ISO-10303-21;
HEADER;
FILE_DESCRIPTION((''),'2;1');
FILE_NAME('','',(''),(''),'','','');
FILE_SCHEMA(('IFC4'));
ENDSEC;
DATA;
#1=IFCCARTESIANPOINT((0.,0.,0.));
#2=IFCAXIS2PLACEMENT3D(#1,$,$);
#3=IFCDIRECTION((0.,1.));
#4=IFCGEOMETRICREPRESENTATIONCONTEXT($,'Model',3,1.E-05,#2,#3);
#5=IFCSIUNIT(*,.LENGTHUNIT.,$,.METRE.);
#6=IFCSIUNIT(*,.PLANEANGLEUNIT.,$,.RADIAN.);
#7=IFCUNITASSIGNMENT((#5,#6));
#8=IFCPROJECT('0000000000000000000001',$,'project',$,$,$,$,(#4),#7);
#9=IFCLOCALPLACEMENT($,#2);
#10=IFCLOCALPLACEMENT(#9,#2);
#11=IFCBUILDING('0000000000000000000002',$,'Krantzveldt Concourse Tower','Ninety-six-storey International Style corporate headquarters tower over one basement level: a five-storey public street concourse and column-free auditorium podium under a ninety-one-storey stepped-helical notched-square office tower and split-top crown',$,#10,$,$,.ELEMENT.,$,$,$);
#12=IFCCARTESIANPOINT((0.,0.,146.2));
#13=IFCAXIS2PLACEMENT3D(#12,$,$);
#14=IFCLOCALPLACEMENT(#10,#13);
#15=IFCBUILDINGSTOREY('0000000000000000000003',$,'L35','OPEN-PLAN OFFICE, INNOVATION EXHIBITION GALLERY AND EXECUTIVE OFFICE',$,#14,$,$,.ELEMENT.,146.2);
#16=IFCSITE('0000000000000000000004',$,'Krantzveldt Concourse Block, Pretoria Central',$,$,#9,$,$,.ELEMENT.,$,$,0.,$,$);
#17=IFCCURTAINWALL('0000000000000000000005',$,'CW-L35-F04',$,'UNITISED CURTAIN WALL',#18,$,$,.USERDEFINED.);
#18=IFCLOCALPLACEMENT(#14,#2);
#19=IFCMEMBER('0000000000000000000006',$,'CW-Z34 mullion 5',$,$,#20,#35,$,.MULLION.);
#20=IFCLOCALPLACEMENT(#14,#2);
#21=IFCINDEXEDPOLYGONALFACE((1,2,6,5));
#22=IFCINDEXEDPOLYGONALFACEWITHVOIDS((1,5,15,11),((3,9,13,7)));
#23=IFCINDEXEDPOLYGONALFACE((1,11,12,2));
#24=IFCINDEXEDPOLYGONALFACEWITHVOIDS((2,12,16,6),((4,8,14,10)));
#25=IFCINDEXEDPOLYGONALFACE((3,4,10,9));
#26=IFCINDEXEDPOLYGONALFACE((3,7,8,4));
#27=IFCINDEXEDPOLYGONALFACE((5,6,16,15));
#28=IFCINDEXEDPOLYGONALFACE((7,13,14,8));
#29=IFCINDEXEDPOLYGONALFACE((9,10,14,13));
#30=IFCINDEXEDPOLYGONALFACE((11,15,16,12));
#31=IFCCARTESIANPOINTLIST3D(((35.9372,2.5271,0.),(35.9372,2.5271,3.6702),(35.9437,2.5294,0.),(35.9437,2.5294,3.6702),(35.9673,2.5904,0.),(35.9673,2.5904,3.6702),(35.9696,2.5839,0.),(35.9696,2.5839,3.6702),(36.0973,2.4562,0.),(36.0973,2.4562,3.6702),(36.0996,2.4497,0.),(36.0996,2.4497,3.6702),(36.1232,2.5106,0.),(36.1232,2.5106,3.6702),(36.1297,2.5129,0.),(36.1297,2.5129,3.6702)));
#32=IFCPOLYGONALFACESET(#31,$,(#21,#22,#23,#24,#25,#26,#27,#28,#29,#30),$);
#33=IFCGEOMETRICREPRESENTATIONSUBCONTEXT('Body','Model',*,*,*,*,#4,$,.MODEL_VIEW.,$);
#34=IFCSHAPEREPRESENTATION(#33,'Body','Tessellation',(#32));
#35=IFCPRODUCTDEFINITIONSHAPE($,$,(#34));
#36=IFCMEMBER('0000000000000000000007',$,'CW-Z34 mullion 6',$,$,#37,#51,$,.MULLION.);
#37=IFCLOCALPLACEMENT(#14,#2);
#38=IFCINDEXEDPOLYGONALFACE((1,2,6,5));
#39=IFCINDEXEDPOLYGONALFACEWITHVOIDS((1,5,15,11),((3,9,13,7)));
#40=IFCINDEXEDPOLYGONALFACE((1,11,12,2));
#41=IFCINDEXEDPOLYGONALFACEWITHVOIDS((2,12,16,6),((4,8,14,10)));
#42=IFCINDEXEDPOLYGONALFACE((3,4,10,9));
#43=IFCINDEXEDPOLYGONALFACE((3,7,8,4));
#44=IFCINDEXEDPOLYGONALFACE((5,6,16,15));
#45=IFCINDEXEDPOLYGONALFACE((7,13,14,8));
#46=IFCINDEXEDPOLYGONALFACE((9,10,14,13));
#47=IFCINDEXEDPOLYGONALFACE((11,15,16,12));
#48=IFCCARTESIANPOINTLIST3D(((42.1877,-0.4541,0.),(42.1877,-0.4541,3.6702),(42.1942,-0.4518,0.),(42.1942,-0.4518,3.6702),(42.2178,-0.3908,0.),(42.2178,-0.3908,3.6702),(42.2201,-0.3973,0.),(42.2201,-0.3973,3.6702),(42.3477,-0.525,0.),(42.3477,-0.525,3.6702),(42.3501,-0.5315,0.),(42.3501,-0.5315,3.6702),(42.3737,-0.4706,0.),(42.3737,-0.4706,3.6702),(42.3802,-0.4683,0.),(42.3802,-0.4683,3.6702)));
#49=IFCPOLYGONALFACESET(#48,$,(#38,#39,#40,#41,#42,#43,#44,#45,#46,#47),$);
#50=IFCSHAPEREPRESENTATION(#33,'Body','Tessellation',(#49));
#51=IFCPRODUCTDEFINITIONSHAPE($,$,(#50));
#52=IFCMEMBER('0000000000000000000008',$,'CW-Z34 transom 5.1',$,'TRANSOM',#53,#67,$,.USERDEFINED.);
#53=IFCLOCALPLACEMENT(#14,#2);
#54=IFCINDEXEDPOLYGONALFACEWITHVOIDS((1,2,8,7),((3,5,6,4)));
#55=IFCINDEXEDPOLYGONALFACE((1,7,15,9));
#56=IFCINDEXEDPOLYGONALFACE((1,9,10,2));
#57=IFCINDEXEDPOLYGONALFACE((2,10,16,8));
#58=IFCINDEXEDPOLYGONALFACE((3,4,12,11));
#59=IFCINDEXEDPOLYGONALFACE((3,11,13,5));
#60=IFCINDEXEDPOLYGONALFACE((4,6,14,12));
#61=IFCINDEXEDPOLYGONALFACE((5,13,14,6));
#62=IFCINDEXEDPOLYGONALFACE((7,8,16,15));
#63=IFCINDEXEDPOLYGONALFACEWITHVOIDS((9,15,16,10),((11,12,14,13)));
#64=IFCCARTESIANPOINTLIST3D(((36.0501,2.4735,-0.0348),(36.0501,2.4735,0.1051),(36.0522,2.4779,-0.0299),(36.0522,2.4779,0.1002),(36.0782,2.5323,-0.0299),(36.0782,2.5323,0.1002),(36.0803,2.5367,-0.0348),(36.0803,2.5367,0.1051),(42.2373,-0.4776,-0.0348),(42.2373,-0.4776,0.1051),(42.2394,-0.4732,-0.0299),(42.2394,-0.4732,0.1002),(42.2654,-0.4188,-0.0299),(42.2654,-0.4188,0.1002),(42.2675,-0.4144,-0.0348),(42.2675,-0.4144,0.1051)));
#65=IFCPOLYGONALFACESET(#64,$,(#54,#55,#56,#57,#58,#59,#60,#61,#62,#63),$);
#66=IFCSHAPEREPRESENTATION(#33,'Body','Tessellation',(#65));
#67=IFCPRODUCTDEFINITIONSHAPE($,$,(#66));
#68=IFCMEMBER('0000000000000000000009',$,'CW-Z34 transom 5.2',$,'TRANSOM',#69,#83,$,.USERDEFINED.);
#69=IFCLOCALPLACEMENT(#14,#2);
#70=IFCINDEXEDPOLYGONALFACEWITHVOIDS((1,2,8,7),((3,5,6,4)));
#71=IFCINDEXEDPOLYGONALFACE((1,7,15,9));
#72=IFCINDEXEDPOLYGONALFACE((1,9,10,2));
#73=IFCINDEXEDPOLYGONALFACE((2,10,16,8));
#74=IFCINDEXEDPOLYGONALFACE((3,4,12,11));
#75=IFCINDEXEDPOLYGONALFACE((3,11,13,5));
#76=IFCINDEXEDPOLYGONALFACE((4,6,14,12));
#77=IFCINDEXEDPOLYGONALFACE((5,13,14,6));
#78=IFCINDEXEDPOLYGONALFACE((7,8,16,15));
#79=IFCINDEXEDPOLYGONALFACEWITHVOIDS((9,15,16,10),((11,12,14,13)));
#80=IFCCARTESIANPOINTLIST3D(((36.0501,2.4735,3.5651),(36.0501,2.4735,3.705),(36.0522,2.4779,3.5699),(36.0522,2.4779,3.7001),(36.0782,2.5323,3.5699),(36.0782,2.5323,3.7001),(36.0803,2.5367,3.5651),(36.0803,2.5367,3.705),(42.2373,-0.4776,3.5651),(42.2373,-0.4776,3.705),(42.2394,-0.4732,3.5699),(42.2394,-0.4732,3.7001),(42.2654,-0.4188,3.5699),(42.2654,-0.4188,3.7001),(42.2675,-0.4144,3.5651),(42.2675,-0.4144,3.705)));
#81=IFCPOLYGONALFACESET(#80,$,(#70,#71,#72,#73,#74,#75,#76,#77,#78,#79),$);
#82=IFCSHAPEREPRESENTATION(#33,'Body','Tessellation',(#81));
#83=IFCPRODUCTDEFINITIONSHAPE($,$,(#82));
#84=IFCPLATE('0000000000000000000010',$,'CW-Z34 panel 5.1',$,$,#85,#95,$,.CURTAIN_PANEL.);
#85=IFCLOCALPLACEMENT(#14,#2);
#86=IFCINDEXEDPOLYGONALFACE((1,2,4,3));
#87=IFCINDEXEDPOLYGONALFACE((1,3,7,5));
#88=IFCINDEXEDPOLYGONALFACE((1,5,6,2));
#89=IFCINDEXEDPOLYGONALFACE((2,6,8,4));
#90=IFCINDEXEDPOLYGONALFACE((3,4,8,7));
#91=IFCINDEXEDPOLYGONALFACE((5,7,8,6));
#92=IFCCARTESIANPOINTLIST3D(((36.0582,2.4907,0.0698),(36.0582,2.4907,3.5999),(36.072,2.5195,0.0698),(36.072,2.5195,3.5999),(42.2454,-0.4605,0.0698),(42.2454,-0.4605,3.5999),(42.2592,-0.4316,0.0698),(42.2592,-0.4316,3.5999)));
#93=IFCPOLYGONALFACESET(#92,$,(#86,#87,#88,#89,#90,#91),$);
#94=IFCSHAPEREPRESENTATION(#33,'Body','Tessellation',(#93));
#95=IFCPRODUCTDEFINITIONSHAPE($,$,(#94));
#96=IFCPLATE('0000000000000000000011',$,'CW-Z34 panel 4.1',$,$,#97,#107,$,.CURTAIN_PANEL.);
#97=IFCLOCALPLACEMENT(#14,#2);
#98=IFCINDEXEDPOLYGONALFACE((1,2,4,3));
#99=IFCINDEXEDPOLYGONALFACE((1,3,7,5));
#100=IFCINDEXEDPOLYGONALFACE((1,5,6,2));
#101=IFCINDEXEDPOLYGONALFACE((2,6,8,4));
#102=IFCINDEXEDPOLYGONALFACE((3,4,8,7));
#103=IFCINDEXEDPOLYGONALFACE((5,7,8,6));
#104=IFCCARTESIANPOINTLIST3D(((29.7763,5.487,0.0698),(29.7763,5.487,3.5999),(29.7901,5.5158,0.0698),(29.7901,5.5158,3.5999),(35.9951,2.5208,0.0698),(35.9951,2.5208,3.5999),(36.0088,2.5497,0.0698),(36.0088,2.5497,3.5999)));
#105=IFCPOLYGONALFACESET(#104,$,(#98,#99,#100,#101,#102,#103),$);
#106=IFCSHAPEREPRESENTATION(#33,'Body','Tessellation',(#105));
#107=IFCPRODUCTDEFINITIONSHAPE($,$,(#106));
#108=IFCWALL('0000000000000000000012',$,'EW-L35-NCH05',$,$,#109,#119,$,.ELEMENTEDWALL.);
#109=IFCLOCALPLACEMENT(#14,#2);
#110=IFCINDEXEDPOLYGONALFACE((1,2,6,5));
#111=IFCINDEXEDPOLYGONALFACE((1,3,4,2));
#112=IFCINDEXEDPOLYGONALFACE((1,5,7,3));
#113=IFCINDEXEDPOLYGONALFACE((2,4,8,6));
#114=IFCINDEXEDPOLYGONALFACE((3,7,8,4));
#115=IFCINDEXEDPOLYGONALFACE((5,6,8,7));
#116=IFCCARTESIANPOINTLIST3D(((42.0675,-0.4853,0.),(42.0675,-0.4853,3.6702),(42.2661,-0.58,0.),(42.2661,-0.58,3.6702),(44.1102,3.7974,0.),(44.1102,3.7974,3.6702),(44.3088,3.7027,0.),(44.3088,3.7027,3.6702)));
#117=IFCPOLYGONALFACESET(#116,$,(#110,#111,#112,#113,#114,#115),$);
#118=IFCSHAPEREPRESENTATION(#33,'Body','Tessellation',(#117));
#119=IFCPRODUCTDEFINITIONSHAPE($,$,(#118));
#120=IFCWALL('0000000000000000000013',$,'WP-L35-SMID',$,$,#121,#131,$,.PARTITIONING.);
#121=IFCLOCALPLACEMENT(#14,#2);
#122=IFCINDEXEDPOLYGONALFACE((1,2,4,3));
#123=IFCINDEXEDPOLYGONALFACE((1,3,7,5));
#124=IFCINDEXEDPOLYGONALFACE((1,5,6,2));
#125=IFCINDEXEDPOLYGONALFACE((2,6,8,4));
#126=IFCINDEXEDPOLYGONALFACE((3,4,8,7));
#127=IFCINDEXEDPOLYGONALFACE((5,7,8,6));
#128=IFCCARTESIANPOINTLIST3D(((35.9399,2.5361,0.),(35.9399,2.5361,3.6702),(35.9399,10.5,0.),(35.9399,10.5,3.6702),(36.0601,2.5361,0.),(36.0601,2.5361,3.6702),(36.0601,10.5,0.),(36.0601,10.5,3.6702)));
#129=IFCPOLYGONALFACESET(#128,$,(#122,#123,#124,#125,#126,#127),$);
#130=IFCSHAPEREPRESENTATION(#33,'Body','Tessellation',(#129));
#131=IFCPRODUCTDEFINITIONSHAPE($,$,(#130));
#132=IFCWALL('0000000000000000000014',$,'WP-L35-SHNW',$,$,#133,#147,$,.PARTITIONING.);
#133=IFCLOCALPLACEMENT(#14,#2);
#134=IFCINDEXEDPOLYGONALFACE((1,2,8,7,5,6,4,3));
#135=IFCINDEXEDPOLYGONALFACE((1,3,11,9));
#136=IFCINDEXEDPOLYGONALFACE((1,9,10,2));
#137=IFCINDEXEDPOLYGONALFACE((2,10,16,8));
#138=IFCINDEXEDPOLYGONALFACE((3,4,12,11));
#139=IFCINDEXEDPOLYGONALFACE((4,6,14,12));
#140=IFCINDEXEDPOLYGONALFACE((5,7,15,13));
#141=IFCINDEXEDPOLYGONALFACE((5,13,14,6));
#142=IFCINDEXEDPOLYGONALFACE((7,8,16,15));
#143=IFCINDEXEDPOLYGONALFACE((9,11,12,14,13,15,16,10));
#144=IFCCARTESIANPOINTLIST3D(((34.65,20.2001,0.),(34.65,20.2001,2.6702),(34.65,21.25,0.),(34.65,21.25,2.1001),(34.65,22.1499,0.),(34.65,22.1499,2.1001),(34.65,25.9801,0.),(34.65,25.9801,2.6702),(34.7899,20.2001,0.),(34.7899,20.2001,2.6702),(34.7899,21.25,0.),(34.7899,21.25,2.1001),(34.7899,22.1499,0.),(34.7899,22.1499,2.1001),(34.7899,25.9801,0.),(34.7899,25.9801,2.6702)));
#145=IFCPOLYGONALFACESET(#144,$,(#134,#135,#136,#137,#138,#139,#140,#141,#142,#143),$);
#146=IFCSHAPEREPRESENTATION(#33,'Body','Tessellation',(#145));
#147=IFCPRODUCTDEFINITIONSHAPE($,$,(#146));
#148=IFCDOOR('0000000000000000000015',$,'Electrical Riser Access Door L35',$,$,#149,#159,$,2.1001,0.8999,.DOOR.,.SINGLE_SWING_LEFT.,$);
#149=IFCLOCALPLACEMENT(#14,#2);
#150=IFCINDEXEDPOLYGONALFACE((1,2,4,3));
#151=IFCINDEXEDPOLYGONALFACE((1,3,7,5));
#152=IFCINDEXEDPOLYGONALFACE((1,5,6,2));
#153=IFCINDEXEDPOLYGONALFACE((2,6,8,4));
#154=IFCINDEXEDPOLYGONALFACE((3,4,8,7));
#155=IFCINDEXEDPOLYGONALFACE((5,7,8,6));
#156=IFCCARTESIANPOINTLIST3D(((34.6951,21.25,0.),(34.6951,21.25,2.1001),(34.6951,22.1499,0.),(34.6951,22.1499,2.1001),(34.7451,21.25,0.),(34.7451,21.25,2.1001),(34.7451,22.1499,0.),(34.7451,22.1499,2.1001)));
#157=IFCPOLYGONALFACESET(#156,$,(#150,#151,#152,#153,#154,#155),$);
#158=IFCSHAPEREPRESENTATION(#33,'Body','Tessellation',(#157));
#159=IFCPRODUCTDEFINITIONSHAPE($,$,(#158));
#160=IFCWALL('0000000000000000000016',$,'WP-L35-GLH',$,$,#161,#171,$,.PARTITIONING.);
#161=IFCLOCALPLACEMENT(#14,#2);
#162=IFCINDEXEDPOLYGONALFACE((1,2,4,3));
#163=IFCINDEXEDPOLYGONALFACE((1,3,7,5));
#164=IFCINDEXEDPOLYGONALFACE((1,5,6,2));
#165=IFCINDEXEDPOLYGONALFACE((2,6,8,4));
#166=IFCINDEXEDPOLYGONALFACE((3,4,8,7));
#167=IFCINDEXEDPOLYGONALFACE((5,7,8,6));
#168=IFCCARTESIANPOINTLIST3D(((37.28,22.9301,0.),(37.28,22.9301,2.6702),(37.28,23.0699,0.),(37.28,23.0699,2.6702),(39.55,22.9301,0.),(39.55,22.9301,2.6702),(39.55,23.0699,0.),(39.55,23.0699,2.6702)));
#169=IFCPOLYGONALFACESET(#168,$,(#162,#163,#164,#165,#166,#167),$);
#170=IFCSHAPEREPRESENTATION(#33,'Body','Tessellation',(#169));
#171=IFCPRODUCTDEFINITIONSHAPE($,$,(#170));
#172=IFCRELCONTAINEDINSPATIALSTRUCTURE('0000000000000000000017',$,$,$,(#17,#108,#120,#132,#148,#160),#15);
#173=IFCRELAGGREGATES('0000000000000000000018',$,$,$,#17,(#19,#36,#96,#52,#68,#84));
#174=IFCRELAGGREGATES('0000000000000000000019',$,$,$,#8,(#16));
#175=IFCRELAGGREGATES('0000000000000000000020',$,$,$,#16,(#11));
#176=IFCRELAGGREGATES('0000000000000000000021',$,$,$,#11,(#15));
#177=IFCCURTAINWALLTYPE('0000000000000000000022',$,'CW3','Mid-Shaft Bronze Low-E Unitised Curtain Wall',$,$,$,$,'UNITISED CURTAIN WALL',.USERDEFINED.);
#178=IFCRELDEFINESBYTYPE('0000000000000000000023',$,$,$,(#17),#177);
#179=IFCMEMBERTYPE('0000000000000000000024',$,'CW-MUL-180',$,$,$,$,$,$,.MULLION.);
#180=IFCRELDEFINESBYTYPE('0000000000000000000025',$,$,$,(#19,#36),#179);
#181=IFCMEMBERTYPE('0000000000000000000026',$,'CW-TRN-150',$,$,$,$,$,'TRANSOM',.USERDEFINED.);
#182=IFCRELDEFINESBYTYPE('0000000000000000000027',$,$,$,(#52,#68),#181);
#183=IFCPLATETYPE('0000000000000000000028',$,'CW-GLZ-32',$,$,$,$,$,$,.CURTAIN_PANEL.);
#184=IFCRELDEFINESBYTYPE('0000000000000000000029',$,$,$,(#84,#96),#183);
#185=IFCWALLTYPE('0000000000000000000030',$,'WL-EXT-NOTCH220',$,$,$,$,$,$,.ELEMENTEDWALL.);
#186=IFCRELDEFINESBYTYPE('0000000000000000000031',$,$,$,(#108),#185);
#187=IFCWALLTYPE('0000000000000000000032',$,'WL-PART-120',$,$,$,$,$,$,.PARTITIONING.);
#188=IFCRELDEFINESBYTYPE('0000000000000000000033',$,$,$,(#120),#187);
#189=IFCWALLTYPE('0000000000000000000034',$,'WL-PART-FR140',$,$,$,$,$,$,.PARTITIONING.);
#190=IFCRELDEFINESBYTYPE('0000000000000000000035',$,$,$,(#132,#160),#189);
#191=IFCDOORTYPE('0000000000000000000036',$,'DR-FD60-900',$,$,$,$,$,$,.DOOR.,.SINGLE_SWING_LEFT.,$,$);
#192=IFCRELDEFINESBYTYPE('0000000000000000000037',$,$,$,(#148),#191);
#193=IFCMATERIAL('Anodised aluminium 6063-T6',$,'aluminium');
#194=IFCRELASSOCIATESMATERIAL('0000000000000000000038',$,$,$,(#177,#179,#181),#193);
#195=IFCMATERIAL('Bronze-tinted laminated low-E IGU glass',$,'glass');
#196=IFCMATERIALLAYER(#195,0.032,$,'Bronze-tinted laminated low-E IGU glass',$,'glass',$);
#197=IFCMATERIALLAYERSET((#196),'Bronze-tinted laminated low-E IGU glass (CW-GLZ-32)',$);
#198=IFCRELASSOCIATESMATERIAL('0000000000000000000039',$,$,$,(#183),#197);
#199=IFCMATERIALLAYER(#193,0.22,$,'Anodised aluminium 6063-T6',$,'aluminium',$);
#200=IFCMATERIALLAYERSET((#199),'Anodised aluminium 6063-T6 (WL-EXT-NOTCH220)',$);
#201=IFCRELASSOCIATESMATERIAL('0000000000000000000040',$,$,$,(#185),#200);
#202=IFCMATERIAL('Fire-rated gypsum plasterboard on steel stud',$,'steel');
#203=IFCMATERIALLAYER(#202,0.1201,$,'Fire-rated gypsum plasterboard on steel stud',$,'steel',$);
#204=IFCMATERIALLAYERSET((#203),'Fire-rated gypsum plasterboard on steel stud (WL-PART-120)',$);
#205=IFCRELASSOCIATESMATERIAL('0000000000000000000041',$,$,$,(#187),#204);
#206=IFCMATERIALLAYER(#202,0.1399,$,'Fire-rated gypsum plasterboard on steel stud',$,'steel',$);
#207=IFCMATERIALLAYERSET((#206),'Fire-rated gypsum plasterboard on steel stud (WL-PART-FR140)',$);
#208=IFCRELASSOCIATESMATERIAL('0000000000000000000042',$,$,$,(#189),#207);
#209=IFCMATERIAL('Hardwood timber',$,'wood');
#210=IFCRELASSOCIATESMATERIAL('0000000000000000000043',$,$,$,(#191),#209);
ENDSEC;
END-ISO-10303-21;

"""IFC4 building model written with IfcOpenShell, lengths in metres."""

from ifc_helpers import new_model, si_unit, direction, frame, frame_2d, origin, origin_2d, place, context, subcontext, project, spatial, rectangle, hollow_rectangle, extrude, source, transform, mapped, material, layer, layer_set, material_profile, profile_set, type_object, type_shapes, element, fill, aggregate, save


model = new_model("IFC4")

# Units and contexts
model_context = context("Model", 3, precision=1e-05, world=origin(), true_north=direction((0.0, 1.0)))
body_context = subcontext(model_context, "Body", "Model", "MODEL_VIEW")
ifc_project = project(units=[si_unit("LENGTHUNIT", "METRE"), si_unit("PLANEANGLEUNIT", "RADIAN")], contexts=[model_context])

# Site, building, storey
site_placement = place(None, origin())
site = spatial("IfcSite", under=ifc_project, at=site_placement, Name="Krantzveldt Concourse Block, Pretoria Central", CompositionType="ELEMENT", RefElevation=0.0)
building_placement = place(site_placement, origin())
building = spatial("IfcBuilding", under=site, at=building_placement, Name="Krantzveldt Concourse Tower", Description="Ninety-six-storey International Style corporate headquarters tower over one basement level: a five-storey public street concourse and column-free auditorium podium under a ninety-one-storey stepped-helical notched-square office tower and split-top crown", CompositionType="ELEMENT")
storey_placement = place(building_placement, frame((0.0, 0.0, 146.2)))
storey = spatial("IfcBuildingStorey", under=building, at=storey_placement, Name="L35", Description="OPEN-PLAN OFFICE, INNOVATION EXHIBITION GALLERY AND EXECUTIVE OFFICE", CompositionType="ELEMENT", Elevation=146.2)

# Curtain wall, members, plates
ifc_material_1 = material(Name="Anodised aluminium 6063-T6", Category="aluminium")
curtain_wall_type = type_object("IfcCurtainWallType", Name="CW3", Description="Mid-Shaft Bronze Low-E Unitised Curtain Wall", ElementType="UNITISED CURTAIN WALL", PredefinedType="USERDEFINED", material=ifc_material_1)
curtain_wall_placement = place(storey_placement, origin())
curtain_wall = element("IfcCurtainWall", 1, at=curtain_wall_placement, inside=storey, type_object=curtain_wall_type, Name="CW-L35-F04", ObjectType="UNITISED CURTAIN WALL", PredefinedType="USERDEFINED")
ifc_material_profile_1 = material_profile(ifc_material_1, hollow_rectangle(XDim=0.0701, YDim=0.1799, WallThickness=0.0049, at=origin_2d()), Name="Anodised aluminium 6063-T6", Category="aluminium")
ifc_profile_set_1 = profile_set([ifc_material_profile_1], Name="Anodised aluminium 6063-T6 - ALU-MULL 180x70x5")
member_type_1 = type_object("IfcMemberType", Name="CW-MUL-180", PredefinedType="MULLION", material=ifc_profile_set_1)
shared_shape_1 = source(origin(), body_context, "Body", "SweptSolid", [
    extrude(hollow_rectangle(XDim=0.0701, YDim=0.1799, WallThickness=0.0049, at=origin_2d()), origin(), (0.0, 0.0, 1.0), 3.6702),
])
type_shapes(member_type_1, [shared_shape_1])
member_1_placement = place(storey_placement, frame((36.0334, 2.52, 0.0), z_axis=(0.0, 0.0, 1.0), x_axis=(0.430511, 0.902585, 0.0)))
member_1 = element("IfcMember", 2, at=member_1_placement, type_object=member_type_1, Name="CW-Z34 mullion 5", PredefinedType="MULLION", context=body_context, shape_type="MappedRepresentation", body=[
    mapped(shared_shape_1, transform((0.0, 0.0, 0.0), x_axis=(1.0, 0.0, 0.0), y_axis=(0.0, 1.0, 0.0), z_axis=(0.0, 0.0, 1.0), scale=1.0)),
])
member_2_placement = place(storey_placement, frame((42.2839, -0.4612, 0.0), z_axis=(0.0, 0.0, 1.0), x_axis=(0.430511, 0.902585, 0.0)))
member_2 = element("IfcMember", 3, at=member_2_placement, type_object=member_type_1, Name="CW-Z34 mullion 6", PredefinedType="MULLION", context=body_context, shape_type="MappedRepresentation", body=[
    mapped(shared_shape_1, transform((0.0, 0.0, 0.0), x_axis=(1.0, 0.0, 0.0), y_axis=(0.0, 1.0, 0.0), z_axis=(0.0, 0.0, 1.0), scale=1.0)),
])
ifc_material_profile_2 = material_profile(ifc_material_1, hollow_rectangle(XDim=0.0701, YDim=0.1399, WallThickness=0.0049, at=origin_2d()), Name="Anodised aluminium 6063-T6", Category="aluminium")
ifc_profile_set_2 = profile_set([ifc_material_profile_2], Name="Anodised aluminium 6063-T6 - ALU-TRAN 140x70x5")
member_type_2 = type_object("IfcMemberType", Name="CW-TRN-150", ElementType="TRANSOM", PredefinedType="USERDEFINED", material=ifc_profile_set_2)
shared_shape_2 = source(origin(), body_context, "Body", "SweptSolid", [
    extrude(hollow_rectangle(XDim=0.0701, YDim=0.1399, WallThickness=0.0049, at=origin_2d()), origin(), (0.0, 0.0, 1.0), 6.855),
])
type_shapes(member_type_2, [shared_shape_2])
member_3_placement = place(storey_placement, frame((36.0652, 2.5051, 0.0352), z_axis=(0.902585, -0.430511, 0.0), x_axis=(0.430511, 0.902585, 0.0)))
member_3 = element("IfcMember", 4, at=member_3_placement, type_object=member_type_2, Name="CW-Z34 transom 5.1", ObjectType="TRANSOM", PredefinedType="USERDEFINED", context=body_context, shape_type="MappedRepresentation", body=[
    mapped(shared_shape_2, transform((0.0, 0.0, 0.0), x_axis=(1.0, 0.0, 0.0), y_axis=(0.0, 1.0, 0.0), z_axis=(0.0, 0.0, 1.0), scale=1.0)),
])
member_4_placement = place(storey_placement, frame((36.0652, 2.5051, 3.635), z_axis=(0.902585, -0.430511, 0.0), x_axis=(0.430511, 0.902585, 0.0)))
member_4 = element("IfcMember", 5, at=member_4_placement, type_object=member_type_2, Name="CW-Z34 transom 5.2", ObjectType="TRANSOM", PredefinedType="USERDEFINED", context=body_context, shape_type="MappedRepresentation", body=[
    mapped(shared_shape_2, transform((0.0, 0.0, 0.0), x_axis=(1.0, 0.0, 0.0), y_axis=(0.0, 1.0, 0.0), z_axis=(0.0, 0.0, 1.0), scale=1.0)),
])
ifc_material_2 = material(Name="Bronze-tinted laminated low-E IGU glass", Category="glass")
ifc_layer_1 = layer(ifc_material_2, 0.032, Name="Bronze-tinted laminated low-E IGU glass", Category="glass")
ifc_layer_set_1 = layer_set([ifc_layer_1], Name="Bronze-tinted laminated low-E IGU glass (CW-GLZ-32)")
plate_type = type_object("IfcPlateType", Name="CW-GLZ-32", PredefinedType="CURTAIN_PANEL", material=ifc_layer_set_1)
shared_shape_3 = source(origin(), body_context, "Body", "SweptSolid", [
    extrude(rectangle(XDim=6.855, YDim=0.032, at=origin_2d()), origin(), (0.0, 0.0, 1.0), 3.53),
])
plate_1_placement = place(storey_placement, frame((39.1587, 1.0295, 0.0698), z_axis=(0.0, 0.0, 1.0), x_axis=(0.902585, -0.430511, 0.0)))
plate_1 = element("IfcPlate", 6, at=plate_1_placement, type_object=plate_type, Name="CW-Z34 panel 5.1", PredefinedType="CURTAIN_PANEL", context=body_context, shape_type="MappedRepresentation", body=[
    mapped(shared_shape_3, transform((0.0, 0.0, 0.0), x_axis=(1.0, 0.0, 0.0), y_axis=(0.0, 1.0, 0.0), z_axis=(0.0, 0.0, 1.0), scale=1.0)),
])
shared_shape_4 = source(origin(), body_context, "Body", "SweptSolid", [
    extrude(rectangle(XDim=6.8899, YDim=0.032, at=origin_2d()), origin(), (0.0, 0.0, 1.0), 3.53),
])
type_shapes(plate_type, [shared_shape_3, shared_shape_4])
plate_2_placement = place(storey_placement, frame((32.8926, 4.0183, 0.0698), z_axis=(0.0, 0.0, 1.0), x_axis=(0.902585, -0.430511, 0.0)))
plate_2 = element("IfcPlate", 7, at=plate_2_placement, type_object=plate_type, Name="CW-Z34 panel 4.1", PredefinedType="CURTAIN_PANEL", context=body_context, shape_type="MappedRepresentation", body=[
    mapped(shared_shape_4, transform((0.0, 0.0, 0.0), x_axis=(1.0, 0.0, 0.0), y_axis=(0.0, 1.0, 0.0), z_axis=(0.0, 0.0, 1.0), scale=1.0)),
])
aggregate(curtain_wall, [member_1, member_2, plate_2, member_3, member_4, plate_1])

# Walls
ifc_layer_2 = layer(ifc_material_1, 0.22, Name="Anodised aluminium 6063-T6", Category="aluminium")
ifc_layer_set_2 = layer_set([ifc_layer_2], Name="Anodised aluminium 6063-T6 (WL-EXT-NOTCH220)")
wall_type_1 = type_object("IfcWallType", Name="WL-EXT-NOTCH220", PredefinedType="ELEMENTEDWALL", material=ifc_layer_set_2)
wall_1_placement = place(storey_placement, frame((42.1667, -0.5327, 0.0), z_axis=(0.0, 0.0, 1.0), x_axis=(0.430507, 0.902587, 0.0)))
element("IfcWall", 8, at=wall_1_placement, inside=storey, type_object=wall_type_1, Name="EW-L35-NCH05", PredefinedType="ELEMENTEDWALL", context=body_context, shape_type="SweptSolid", body=[
    extrude(rectangle(XDim=4.7449, YDim=0.22, at=frame_2d((2.3726, 0.0))), origin(), (0.0, 0.0, 1.0), 3.6702),
])
ifc_material_3 = material(Name="Fire-rated gypsum plasterboard on steel stud", Category="steel")
ifc_layer_3 = layer(ifc_material_3, 0.1201, Name="Fire-rated gypsum plasterboard on steel stud", Category="steel")
ifc_layer_set_3 = layer_set([ifc_layer_3], Name="Fire-rated gypsum plasterboard on steel stud (WL-PART-120)")
wall_type_2 = type_object("IfcWallType", Name="WL-PART-120", PredefinedType="PARTITIONING", material=ifc_layer_set_3)
wall_2_placement = place(storey_placement, frame((36.0, 2.5361, 0.0), z_axis=(0.0, 0.0, 1.0), x_axis=(0.0, 1.0, 0.0)))
element("IfcWall", 9, at=wall_2_placement, inside=storey, type_object=wall_type_2, Name="WP-L35-SMID", PredefinedType="PARTITIONING", context=body_context, shape_type="SweptSolid", body=[
    extrude(rectangle(XDim=7.9639, YDim=0.1201, at=frame_2d((3.9819, 0.0))), origin(), (0.0, 0.0, 1.0), 3.6702),
])

# Wall, opening, door
ifc_layer_4 = layer(ifc_material_3, 0.1399, Name="Fire-rated gypsum plasterboard on steel stud", Category="steel")
ifc_layer_set_4 = layer_set([ifc_layer_4], Name="Fire-rated gypsum plasterboard on steel stud (WL-PART-FR140)")
wall_type_3 = type_object("IfcWallType", Name="WL-PART-FR140", PredefinedType="PARTITIONING", material=ifc_layer_set_4)
wall_3_placement = place(storey_placement, frame((34.72, 20.2, 0.0), z_axis=(0.0, 0.0, 1.0), x_axis=(0.0, 1.0, 0.0)))
wall_3 = element("IfcWall", 10, at=wall_3_placement, inside=storey, type_object=wall_type_3, Name="WP-L35-SHNW", PredefinedType="PARTITIONING", context=body_context, shape_type="SweptSolid", body=[
    extrude(rectangle(XDim=5.78, YDim=0.1399, at=frame_2d((2.8901, 0.0))), origin(), (0.0, 0.0, 1.0), 2.6702),
])
opening_1_placement = place(wall_3_placement, frame((1.05, 0.0, 0.0)))
opening_1 = element("IfcOpeningElement", 11, at=opening_1_placement, cuts=wall_3, PredefinedType="OPENING", context=body_context, shape_type="SweptSolid", body=[
    extrude(rectangle(XDim=0.8999, YDim=2.1001, at=frame_2d((0.45, 1.05))), frame((0.0, 0.0801, 0.0), z_axis=(0.0, -1.0, 0.0), x_axis=(1.0, 0.0, 0.0)), (0.0, 0.0, 1.0), 0.1599),
])
ifc_material_4 = material(Name="Hardwood timber", Category="wood")
door_type_1 = type_object("IfcDoorType", Name="DR-FD60-900", OperationType="SINGLE_SWING_LEFT", PredefinedType="DOOR", material=ifc_material_4)
door_1_placement = place(opening_1_placement, origin())
door_1 = element("IfcDoor", 12, at=door_1_placement, inside=storey, type_object=door_type_1, Name="Electrical Riser Access Door L35", OperationType="SINGLE_SWING_LEFT", OverallHeight=2.1001, OverallWidth=0.8999, PredefinedType="DOOR", context=body_context, shape_type="SweptSolid", body=[
    extrude(rectangle(XDim=0.8999, YDim=2.1001, at=frame_2d((0.45, 1.05))), frame((0.0, 0.0249, 0.0), z_axis=(0.0, -1.0, 0.0), x_axis=(1.0, 0.0, 0.0)), (0.0, 0.0, 1.0), 0.05),
])
fill(opening_1, door_1)

# Wall
wall_4_placement = place(storey_placement, frame((37.28, 23.0, 0.0), z_axis=(0.0, 0.0, 1.0), x_axis=(1.0, 0.0, 0.0)))
element("IfcWall", 13, at=wall_4_placement, inside=storey, type_object=wall_type_3, Name="WP-L35-GLH", PredefinedType="PARTITIONING", context=body_context, shape_type="SweptSolid", body=[
    extrude(rectangle(XDim=2.27, YDim=0.1399, at=frame_2d((1.135, 0.0))), origin(), (0.0, 0.0, 1.0), 2.6702),
])

save(model, "model.ifc")
